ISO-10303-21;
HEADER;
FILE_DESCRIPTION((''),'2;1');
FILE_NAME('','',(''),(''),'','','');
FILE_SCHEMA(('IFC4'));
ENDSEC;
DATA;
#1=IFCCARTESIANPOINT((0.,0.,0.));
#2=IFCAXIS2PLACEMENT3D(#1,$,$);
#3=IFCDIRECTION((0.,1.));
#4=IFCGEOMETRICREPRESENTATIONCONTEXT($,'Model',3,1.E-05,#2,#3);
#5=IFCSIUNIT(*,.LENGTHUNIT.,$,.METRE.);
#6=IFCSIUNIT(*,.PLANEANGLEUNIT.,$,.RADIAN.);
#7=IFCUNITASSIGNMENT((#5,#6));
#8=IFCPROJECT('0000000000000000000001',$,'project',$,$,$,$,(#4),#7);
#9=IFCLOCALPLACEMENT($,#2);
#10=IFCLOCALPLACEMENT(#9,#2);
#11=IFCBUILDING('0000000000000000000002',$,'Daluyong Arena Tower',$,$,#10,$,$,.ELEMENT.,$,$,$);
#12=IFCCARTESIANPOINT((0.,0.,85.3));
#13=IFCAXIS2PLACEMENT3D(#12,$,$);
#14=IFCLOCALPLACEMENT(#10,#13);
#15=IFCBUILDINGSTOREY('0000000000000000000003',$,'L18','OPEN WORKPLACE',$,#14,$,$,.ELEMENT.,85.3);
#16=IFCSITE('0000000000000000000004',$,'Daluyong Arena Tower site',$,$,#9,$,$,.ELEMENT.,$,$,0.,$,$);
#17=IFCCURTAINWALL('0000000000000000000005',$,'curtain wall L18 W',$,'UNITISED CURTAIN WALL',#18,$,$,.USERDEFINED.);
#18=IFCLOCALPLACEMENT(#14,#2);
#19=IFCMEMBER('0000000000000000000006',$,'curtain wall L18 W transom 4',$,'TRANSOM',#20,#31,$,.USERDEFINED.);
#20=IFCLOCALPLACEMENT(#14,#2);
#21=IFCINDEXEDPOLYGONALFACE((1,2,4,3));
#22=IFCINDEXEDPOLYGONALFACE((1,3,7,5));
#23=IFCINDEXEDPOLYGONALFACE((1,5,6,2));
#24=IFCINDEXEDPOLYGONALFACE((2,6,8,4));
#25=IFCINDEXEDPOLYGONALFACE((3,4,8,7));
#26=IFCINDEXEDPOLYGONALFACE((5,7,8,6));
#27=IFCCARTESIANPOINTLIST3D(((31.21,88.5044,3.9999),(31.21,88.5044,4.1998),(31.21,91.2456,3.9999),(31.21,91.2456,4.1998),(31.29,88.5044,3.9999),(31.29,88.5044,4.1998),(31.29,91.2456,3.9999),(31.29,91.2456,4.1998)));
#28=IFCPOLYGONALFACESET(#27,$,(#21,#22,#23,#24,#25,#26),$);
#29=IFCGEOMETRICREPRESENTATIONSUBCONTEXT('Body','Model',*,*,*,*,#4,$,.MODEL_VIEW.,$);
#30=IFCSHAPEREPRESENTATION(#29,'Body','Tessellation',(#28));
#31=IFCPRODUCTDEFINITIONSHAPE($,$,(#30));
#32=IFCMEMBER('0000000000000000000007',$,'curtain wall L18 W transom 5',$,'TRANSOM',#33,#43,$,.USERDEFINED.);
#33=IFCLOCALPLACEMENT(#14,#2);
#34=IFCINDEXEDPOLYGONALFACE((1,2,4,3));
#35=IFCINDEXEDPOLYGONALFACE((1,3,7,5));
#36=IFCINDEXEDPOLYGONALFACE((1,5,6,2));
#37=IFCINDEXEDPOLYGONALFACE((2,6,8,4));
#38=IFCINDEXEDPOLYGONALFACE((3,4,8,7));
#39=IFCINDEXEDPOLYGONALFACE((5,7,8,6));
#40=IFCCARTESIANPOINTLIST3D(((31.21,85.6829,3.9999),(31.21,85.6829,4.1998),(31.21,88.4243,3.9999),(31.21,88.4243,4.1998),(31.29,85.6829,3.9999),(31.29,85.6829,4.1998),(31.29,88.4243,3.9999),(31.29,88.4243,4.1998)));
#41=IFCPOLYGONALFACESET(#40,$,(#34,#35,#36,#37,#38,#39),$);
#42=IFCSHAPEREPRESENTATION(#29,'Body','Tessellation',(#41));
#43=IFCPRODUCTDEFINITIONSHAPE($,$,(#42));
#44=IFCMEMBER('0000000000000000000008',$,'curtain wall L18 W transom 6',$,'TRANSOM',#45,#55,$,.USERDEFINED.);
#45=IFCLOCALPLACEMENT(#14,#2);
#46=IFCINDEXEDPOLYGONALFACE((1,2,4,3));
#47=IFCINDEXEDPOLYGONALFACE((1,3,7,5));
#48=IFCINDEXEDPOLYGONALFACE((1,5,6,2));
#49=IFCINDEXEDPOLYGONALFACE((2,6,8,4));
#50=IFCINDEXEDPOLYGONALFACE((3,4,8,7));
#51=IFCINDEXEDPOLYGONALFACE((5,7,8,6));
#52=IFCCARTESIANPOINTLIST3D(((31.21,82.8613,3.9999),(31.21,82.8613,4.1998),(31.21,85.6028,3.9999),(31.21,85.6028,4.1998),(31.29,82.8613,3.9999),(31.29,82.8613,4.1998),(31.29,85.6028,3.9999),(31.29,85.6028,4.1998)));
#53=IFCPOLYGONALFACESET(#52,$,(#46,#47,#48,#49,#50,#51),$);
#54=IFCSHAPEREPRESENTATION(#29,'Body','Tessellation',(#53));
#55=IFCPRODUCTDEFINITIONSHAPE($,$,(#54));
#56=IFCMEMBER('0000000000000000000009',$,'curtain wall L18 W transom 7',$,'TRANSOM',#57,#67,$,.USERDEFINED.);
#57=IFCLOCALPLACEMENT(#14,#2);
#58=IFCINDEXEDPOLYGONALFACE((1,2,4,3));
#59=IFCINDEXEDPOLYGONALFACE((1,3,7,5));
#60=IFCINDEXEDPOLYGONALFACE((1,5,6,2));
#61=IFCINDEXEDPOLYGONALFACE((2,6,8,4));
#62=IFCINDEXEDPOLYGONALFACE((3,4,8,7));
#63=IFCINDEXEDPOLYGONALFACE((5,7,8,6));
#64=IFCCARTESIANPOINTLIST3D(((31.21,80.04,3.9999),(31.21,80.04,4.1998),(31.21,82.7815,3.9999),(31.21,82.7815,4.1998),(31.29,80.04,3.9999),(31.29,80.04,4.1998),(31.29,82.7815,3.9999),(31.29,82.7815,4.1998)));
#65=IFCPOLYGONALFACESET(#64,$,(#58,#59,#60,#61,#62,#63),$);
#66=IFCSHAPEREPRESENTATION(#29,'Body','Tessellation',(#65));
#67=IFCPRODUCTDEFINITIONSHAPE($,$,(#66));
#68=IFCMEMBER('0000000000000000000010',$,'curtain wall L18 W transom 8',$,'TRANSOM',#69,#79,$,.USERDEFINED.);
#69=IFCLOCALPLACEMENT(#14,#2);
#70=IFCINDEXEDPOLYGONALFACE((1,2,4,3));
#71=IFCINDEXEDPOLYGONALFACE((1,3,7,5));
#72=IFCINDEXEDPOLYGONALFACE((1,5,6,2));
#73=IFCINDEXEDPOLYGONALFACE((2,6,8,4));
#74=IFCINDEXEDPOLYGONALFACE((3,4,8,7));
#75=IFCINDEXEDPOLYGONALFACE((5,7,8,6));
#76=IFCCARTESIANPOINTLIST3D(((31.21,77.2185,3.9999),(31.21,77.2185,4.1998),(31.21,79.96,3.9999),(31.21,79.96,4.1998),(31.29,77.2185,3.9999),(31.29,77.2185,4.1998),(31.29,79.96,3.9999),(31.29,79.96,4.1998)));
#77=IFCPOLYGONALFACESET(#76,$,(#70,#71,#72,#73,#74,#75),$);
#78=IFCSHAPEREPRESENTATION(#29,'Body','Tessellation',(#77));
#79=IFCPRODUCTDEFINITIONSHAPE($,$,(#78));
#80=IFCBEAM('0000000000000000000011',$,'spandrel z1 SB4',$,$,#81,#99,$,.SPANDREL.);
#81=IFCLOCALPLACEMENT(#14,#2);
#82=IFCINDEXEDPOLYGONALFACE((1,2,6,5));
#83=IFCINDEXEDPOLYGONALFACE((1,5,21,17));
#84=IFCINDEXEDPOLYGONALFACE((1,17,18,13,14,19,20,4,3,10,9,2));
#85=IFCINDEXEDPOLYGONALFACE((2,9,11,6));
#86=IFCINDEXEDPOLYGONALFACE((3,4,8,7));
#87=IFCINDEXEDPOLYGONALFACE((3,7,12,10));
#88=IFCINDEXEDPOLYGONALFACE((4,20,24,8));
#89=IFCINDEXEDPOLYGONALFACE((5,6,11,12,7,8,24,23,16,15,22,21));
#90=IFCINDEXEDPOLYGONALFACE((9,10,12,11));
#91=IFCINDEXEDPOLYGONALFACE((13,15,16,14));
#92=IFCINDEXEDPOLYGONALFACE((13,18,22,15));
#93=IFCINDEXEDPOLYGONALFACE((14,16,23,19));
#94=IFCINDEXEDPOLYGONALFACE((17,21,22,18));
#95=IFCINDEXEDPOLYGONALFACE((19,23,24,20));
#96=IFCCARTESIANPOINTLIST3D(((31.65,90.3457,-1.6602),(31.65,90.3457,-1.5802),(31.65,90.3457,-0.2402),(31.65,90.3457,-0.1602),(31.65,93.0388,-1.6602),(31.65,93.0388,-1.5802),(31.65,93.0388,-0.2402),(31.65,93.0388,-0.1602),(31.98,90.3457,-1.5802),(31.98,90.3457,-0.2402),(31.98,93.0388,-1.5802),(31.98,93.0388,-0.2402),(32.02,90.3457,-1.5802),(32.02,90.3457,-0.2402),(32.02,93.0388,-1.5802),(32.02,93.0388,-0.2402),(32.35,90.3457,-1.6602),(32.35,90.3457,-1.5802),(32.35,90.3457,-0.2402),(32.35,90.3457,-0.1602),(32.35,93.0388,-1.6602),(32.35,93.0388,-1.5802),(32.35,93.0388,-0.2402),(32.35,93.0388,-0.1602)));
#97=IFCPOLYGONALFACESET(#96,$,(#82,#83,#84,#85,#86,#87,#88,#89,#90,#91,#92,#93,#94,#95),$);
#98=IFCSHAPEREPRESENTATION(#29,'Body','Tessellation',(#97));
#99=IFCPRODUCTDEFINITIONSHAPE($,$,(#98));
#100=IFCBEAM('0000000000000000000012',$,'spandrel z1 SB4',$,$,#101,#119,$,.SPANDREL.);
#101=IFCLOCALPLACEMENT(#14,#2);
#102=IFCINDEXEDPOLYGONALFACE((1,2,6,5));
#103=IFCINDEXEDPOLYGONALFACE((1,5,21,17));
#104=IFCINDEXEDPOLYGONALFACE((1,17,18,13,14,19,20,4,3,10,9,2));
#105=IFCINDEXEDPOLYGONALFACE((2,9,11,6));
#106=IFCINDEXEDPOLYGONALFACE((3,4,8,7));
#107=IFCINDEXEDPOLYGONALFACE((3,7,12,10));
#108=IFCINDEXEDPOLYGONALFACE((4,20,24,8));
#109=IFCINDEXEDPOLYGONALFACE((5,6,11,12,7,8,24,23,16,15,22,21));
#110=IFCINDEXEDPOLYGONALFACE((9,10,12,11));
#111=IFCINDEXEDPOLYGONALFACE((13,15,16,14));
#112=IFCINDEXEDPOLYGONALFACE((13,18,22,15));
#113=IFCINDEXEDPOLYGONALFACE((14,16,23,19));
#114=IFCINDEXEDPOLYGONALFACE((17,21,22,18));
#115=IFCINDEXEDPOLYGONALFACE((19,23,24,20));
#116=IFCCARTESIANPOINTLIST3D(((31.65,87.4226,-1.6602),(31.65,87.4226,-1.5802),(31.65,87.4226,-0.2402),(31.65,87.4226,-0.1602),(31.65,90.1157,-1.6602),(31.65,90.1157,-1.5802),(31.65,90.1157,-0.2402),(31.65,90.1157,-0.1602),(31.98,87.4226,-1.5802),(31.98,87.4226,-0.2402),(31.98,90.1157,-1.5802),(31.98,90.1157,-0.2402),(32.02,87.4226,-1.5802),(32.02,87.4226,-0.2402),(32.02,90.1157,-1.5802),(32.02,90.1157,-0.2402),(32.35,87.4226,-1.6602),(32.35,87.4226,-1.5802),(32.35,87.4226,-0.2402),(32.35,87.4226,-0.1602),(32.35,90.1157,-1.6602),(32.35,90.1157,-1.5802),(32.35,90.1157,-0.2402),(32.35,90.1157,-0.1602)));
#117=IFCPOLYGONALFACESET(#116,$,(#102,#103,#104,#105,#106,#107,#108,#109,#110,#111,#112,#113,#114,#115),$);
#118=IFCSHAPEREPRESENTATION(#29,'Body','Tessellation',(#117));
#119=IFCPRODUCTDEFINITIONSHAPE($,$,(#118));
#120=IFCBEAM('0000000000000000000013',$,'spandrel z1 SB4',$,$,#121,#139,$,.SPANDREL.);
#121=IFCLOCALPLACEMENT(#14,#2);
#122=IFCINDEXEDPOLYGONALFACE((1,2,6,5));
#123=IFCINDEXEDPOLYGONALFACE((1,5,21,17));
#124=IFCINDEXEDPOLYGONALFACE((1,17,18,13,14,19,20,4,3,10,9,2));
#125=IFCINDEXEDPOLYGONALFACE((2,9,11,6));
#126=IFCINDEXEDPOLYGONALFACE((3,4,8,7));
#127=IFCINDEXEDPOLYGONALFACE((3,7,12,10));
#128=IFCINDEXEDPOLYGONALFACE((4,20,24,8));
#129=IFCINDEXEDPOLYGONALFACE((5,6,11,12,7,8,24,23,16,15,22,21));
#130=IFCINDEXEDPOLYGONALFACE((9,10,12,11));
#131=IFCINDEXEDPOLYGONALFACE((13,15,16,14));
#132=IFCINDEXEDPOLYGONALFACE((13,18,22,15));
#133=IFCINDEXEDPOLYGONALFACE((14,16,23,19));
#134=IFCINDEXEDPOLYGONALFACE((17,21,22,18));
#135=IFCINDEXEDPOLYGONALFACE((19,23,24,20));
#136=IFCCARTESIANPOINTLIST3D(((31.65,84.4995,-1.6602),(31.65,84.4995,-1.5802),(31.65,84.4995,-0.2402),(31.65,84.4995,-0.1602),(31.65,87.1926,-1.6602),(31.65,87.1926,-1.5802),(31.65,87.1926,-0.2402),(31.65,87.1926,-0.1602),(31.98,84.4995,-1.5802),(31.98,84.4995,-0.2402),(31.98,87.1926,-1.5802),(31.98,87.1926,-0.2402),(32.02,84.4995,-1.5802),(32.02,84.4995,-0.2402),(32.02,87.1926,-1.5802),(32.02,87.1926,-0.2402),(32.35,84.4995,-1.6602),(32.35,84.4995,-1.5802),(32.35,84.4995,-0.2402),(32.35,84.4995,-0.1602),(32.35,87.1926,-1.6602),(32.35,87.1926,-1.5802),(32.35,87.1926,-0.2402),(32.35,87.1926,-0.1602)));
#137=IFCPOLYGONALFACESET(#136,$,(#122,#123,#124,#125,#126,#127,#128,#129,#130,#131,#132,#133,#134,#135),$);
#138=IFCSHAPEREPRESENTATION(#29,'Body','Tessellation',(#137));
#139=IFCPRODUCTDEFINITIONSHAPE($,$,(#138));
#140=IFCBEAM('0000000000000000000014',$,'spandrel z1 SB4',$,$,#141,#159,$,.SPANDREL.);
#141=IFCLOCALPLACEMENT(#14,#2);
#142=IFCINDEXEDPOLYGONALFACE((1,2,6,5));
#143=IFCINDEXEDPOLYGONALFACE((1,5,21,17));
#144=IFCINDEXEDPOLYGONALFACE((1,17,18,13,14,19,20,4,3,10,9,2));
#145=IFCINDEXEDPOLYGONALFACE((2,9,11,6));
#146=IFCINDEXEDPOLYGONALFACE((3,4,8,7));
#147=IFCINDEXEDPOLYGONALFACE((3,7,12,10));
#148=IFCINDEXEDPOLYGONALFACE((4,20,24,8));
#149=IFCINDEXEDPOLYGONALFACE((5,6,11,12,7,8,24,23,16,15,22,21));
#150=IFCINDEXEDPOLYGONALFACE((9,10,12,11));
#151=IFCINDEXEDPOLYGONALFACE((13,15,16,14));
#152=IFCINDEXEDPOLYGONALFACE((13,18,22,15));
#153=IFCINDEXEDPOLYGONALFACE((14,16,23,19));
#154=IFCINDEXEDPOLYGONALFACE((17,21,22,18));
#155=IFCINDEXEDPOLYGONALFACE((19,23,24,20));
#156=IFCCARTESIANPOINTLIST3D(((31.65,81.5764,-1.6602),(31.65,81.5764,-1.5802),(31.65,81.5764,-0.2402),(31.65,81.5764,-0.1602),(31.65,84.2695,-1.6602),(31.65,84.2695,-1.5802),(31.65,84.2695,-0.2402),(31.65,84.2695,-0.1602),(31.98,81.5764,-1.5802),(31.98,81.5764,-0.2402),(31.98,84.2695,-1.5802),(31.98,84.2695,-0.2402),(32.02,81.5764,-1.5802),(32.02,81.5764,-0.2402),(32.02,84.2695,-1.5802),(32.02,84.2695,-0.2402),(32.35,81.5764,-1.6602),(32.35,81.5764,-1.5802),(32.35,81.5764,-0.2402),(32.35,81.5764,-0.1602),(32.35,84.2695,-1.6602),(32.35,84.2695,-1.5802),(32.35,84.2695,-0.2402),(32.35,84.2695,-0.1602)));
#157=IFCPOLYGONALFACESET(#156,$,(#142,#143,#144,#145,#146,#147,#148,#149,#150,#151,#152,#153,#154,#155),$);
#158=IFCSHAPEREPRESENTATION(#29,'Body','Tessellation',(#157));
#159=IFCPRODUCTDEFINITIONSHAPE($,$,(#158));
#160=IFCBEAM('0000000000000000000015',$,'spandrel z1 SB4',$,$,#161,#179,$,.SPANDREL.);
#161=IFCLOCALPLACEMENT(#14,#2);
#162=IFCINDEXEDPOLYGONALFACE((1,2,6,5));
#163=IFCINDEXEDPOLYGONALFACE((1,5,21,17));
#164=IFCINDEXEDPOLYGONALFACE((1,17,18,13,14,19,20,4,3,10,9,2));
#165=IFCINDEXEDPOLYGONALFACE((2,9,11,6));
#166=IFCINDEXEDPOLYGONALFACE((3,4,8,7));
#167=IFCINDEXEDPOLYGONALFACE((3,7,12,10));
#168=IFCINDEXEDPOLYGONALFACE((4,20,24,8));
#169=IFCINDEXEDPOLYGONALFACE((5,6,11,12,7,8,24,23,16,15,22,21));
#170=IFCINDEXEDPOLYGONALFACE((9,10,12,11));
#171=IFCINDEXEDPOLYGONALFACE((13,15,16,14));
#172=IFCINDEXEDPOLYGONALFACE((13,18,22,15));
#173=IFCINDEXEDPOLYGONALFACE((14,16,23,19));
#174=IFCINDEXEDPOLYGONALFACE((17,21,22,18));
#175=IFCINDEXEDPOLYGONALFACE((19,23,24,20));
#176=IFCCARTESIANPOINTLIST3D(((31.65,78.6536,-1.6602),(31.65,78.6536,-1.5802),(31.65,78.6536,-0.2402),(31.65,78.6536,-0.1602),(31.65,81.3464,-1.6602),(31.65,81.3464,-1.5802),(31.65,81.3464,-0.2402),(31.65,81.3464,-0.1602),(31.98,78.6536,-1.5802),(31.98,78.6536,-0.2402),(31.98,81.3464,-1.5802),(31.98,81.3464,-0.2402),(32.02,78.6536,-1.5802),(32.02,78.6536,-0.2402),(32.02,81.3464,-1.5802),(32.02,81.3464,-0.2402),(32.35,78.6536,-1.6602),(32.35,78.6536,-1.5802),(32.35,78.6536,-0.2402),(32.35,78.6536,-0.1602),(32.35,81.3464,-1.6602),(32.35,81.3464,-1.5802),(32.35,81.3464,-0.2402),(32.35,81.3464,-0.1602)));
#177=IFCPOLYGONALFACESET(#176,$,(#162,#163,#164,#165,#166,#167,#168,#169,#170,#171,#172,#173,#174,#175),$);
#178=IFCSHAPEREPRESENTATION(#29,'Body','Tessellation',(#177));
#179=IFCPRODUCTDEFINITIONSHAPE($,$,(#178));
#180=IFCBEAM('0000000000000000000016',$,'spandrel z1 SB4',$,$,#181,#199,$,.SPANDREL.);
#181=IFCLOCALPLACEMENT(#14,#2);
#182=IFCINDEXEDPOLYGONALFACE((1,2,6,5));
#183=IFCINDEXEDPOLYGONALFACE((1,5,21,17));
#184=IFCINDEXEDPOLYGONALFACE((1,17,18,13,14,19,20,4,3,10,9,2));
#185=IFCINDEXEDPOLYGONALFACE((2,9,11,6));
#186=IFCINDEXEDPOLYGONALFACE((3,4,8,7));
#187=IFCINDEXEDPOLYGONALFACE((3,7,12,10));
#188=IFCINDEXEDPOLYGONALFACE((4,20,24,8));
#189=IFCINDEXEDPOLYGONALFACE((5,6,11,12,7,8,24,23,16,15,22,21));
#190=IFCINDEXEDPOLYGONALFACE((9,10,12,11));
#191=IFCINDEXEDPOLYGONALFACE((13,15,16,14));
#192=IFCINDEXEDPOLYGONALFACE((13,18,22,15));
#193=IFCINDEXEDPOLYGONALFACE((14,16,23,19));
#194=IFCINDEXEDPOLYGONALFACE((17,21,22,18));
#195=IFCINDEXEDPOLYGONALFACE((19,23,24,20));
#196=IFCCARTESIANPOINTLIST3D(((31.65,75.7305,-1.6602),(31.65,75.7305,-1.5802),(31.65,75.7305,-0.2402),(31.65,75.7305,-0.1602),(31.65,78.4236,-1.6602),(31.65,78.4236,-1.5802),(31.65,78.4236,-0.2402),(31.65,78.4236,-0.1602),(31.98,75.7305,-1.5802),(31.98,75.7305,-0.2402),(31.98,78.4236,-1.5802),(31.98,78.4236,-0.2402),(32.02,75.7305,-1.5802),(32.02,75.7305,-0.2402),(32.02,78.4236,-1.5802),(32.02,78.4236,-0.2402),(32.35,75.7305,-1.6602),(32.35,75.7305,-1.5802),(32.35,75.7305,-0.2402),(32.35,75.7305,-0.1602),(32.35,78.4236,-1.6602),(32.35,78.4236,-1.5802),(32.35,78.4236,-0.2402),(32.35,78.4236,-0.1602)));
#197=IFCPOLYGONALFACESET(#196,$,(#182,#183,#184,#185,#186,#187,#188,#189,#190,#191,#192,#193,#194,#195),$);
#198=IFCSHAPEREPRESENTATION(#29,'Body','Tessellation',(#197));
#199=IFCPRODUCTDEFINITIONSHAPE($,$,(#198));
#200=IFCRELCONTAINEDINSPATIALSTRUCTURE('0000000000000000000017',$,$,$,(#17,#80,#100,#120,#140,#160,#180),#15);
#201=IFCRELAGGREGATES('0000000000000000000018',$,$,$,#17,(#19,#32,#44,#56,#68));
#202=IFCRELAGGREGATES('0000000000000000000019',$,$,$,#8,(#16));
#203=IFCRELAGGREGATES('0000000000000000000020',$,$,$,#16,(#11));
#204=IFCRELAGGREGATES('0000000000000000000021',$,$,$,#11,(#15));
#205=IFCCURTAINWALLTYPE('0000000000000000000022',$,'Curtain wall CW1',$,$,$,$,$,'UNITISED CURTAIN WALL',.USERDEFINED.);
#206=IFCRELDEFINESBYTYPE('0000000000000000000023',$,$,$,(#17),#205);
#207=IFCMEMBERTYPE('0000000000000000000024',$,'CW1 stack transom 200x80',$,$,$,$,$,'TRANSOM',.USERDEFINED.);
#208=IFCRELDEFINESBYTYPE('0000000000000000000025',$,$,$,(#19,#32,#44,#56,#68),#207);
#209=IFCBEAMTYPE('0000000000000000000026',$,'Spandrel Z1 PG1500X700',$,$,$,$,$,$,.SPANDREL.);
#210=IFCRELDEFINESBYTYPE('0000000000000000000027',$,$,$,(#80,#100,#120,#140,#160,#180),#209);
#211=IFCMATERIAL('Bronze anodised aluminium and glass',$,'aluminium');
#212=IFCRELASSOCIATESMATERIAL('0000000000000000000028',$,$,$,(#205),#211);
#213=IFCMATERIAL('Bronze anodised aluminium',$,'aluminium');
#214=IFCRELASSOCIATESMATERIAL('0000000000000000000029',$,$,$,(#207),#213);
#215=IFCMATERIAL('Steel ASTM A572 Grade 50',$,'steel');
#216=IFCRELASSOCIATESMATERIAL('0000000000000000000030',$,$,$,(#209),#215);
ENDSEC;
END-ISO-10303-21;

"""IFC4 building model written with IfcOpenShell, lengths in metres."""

from ifc_helpers import new_model, si_unit, direction, frame, origin, origin_2d, place, context, subcontext, project, spatial, rectangle, i_section, extrude, material, material_profile, profile_set, type_object, element, aggregate, save


model = new_model("IFC4")

# Units and contexts
model_context = context("Model", 3, precision=1e-05, world=origin(), true_north=direction((0.0, 1.0)))
body_context = subcontext(model_context, "Body", "Model", "MODEL_VIEW")
ifc_project = project(units=[si_unit("LENGTHUNIT", "METRE"), si_unit("PLANEANGLEUNIT", "RADIAN")], contexts=[model_context])

# Site, building, storey
site_placement = place(None, origin())
site = spatial("IfcSite", under=ifc_project, at=site_placement, Name="Daluyong Arena Tower site", CompositionType="ELEMENT", RefElevation=0.0)
building_placement = place(site_placement, origin())
building = spatial("IfcBuilding", under=site, at=building_placement, Name="Daluyong Arena Tower", CompositionType="ELEMENT")
storey_placement = place(building_placement, frame((0.0, 0.0, 85.3)))
storey = spatial("IfcBuildingStorey", under=building, at=storey_placement, Name="L18", Description="OPEN WORKPLACE", CompositionType="ELEMENT", Elevation=85.3)

# Curtain wall, members
ifc_material_1 = material(Name="Bronze anodised aluminium and glass", Category="aluminium")
curtain_wall_type = type_object("IfcCurtainWallType", Name="Curtain wall CW1", ElementType="UNITISED CURTAIN WALL", PredefinedType="USERDEFINED", material=ifc_material_1)
curtain_wall_placement = place(storey_placement, origin())
curtain_wall = element("IfcCurtainWall", 1, at=curtain_wall_placement, inside=storey, type_object=curtain_wall_type, Name="curtain wall L18 W", ObjectType="UNITISED CURTAIN WALL", PredefinedType="USERDEFINED")
ifc_material_2 = material(Name="Bronze anodised aluminium", Category="aluminium")
ifc_material_profile_1 = material_profile(ifc_material_2, rectangle(XDim=0.0801, YDim=0.2, at=origin_2d()))
ifc_profile_set_1 = profile_set([ifc_material_profile_1], Name="Bronze anodised aluminium")
member_type_1 = type_object("IfcMemberType", Name="CW1 stack transom 200x80", ElementType="TRANSOM", PredefinedType="USERDEFINED", material=ifc_profile_set_1)
member_1_placement = place(storey_placement, frame((31.25, 91.2456, 4.0999), z_axis=(0.0, -1.0, 0.0), x_axis=(1.0, 0.0, 0.0)))
member_1 = element("IfcMember", 2, at=member_1_placement, type_object=member_type_1, Name="curtain wall L18 W transom 4", ObjectType="TRANSOM", PredefinedType="USERDEFINED", context=body_context, shape_type="SweptSolid", body=[
    extrude(rectangle(XDim=0.0801, YDim=0.2, at=origin_2d()), origin(), (0.0, 0.0, 1.0), 2.7412),
])
member_2_placement = place(storey_placement, frame((31.25, 88.4243, 4.0999), z_axis=(0.0, -1.0, 0.0), x_axis=(1.0, 0.0, 0.0)))
member_2 = element("IfcMember", 3, at=member_2_placement, type_object=member_type_1, Name="curtain wall L18 W transom 5", ObjectType="TRANSOM", PredefinedType="USERDEFINED", context=body_context, shape_type="SweptSolid", body=[
    extrude(rectangle(XDim=0.0801, YDim=0.2, at=origin_2d()), origin(), (0.0, 0.0, 1.0), 2.7415),
])
member_3_placement = place(storey_placement, frame((31.25, 85.6028, 4.0999), z_axis=(0.0, -1.0, 0.0), x_axis=(1.0, 0.0, 0.0)))
member_3 = element("IfcMember", 4, at=member_3_placement, type_object=member_type_1, Name="curtain wall L18 W transom 6", ObjectType="TRANSOM", PredefinedType="USERDEFINED", context=body_context, shape_type="SweptSolid", body=[
    extrude(rectangle(XDim=0.0801, YDim=0.2, at=origin_2d()), origin(), (0.0, 0.0, 1.0), 2.7415),
])
member_4_placement = place(storey_placement, frame((31.25, 82.7815, 4.0999), z_axis=(0.0, -1.0, 0.0), x_axis=(1.0, 0.0, 0.0)))
member_4 = element("IfcMember", 5, at=member_4_placement, type_object=member_type_1, Name="curtain wall L18 W transom 7", ObjectType="TRANSOM", PredefinedType="USERDEFINED", context=body_context, shape_type="SweptSolid", body=[
    extrude(rectangle(XDim=0.0801, YDim=0.2, at=origin_2d()), origin(), (0.0, 0.0, 1.0), 2.7415),
])
member_5_placement = place(storey_placement, frame((31.25, 79.96, 4.0999), z_axis=(0.0, -1.0, 0.0), x_axis=(1.0, 0.0, 0.0)))
member_5 = element("IfcMember", 6, at=member_5_placement, type_object=member_type_1, Name="curtain wall L18 W transom 8", ObjectType="TRANSOM", PredefinedType="USERDEFINED", context=body_context, shape_type="SweptSolid", body=[
    extrude(rectangle(XDim=0.0801, YDim=0.2, at=origin_2d()), origin(), (0.0, 0.0, 1.0), 2.7415),
])

# Beams
ifc_material_3 = material(Name="Steel ASTM A572 Grade 50", Category="steel")
ifc_material_profile_2 = material_profile(ifc_material_3, i_section(OverallWidth=0.7, OverallDepth=1.5, WebThickness=0.04, FlangeThickness=0.08, at=origin_2d()))
ifc_profile_set_2 = profile_set([ifc_material_profile_2], Name="Steel ASTM A572 Grade 50")
beam_type = type_object("IfcBeamType", Name="Spandrel Z1 PG1500X700", PredefinedType="SPANDREL", material=ifc_profile_set_2)
for number, where, z_axis, x_axis, name in (
    (7, (32.0, 93.0388, -0.9102), (0.0, -1.0, 0.0), (1.0, 0.0, 0.0), "spandrel z1 SB4"),
    (8, (32.0, 90.1157, -0.9102), (0.0, -1.0, 0.0), (1.0, 0.0, 0.0), "spandrel z1 SB4"),
    (9, (32.0, 87.1926, -0.9102), (0.0, -1.0, 0.0), (1.0, 0.0, 0.0), "spandrel z1 SB4"),
    (10, (32.0, 84.2695, -0.9102), (0.0, -1.0, 0.0), (1.0, 0.0, 0.0), "spandrel z1 SB4"),
):
    element("IfcBeam", number, at=place(storey_placement, frame(where, z_axis=z_axis, x_axis=x_axis)), inside=storey, type_object=beam_type, Name=name, PredefinedType="SPANDREL", context=body_context, shape_type="SweptSolid", body=[
        extrude(i_section(OverallWidth=0.7, OverallDepth=1.5, WebThickness=0.04, FlangeThickness=0.08, at=origin_2d()), origin(), (0.0, 0.0, 1.0), 2.6931),
    ])
beam_1_placement = place(storey_placement, frame((32.0, 81.3464, -0.9102), z_axis=(0.0, -1.0, 0.0), x_axis=(1.0, 0.0, 0.0)))
element("IfcBeam", 11, at=beam_1_placement, inside=storey, type_object=beam_type, Name="spandrel z1 SB4", PredefinedType="SPANDREL", context=body_context, shape_type="SweptSolid", body=[
    extrude(i_section(OverallWidth=0.7, OverallDepth=1.5, WebThickness=0.04, FlangeThickness=0.08, at=origin_2d()), origin(), (0.0, 0.0, 1.0), 2.6929),
])
beam_2_placement = place(storey_placement, frame((32.0, 78.4236, -0.9102), z_axis=(0.0, -1.0, 0.0), x_axis=(1.0, 0.0, 0.0)))
element("IfcBeam", 12, at=beam_2_placement, inside=storey, type_object=beam_type, Name="spandrel z1 SB4", PredefinedType="SPANDREL", context=body_context, shape_type="SweptSolid", body=[
    extrude(i_section(OverallWidth=0.7, OverallDepth=1.5, WebThickness=0.04, FlangeThickness=0.08, at=origin_2d()), origin(), (0.0, 0.0, 1.0), 2.6931),
])

aggregate(curtain_wall, [member_1, member_2, member_3, member_4, member_5])

save(model, "model.ifc")
